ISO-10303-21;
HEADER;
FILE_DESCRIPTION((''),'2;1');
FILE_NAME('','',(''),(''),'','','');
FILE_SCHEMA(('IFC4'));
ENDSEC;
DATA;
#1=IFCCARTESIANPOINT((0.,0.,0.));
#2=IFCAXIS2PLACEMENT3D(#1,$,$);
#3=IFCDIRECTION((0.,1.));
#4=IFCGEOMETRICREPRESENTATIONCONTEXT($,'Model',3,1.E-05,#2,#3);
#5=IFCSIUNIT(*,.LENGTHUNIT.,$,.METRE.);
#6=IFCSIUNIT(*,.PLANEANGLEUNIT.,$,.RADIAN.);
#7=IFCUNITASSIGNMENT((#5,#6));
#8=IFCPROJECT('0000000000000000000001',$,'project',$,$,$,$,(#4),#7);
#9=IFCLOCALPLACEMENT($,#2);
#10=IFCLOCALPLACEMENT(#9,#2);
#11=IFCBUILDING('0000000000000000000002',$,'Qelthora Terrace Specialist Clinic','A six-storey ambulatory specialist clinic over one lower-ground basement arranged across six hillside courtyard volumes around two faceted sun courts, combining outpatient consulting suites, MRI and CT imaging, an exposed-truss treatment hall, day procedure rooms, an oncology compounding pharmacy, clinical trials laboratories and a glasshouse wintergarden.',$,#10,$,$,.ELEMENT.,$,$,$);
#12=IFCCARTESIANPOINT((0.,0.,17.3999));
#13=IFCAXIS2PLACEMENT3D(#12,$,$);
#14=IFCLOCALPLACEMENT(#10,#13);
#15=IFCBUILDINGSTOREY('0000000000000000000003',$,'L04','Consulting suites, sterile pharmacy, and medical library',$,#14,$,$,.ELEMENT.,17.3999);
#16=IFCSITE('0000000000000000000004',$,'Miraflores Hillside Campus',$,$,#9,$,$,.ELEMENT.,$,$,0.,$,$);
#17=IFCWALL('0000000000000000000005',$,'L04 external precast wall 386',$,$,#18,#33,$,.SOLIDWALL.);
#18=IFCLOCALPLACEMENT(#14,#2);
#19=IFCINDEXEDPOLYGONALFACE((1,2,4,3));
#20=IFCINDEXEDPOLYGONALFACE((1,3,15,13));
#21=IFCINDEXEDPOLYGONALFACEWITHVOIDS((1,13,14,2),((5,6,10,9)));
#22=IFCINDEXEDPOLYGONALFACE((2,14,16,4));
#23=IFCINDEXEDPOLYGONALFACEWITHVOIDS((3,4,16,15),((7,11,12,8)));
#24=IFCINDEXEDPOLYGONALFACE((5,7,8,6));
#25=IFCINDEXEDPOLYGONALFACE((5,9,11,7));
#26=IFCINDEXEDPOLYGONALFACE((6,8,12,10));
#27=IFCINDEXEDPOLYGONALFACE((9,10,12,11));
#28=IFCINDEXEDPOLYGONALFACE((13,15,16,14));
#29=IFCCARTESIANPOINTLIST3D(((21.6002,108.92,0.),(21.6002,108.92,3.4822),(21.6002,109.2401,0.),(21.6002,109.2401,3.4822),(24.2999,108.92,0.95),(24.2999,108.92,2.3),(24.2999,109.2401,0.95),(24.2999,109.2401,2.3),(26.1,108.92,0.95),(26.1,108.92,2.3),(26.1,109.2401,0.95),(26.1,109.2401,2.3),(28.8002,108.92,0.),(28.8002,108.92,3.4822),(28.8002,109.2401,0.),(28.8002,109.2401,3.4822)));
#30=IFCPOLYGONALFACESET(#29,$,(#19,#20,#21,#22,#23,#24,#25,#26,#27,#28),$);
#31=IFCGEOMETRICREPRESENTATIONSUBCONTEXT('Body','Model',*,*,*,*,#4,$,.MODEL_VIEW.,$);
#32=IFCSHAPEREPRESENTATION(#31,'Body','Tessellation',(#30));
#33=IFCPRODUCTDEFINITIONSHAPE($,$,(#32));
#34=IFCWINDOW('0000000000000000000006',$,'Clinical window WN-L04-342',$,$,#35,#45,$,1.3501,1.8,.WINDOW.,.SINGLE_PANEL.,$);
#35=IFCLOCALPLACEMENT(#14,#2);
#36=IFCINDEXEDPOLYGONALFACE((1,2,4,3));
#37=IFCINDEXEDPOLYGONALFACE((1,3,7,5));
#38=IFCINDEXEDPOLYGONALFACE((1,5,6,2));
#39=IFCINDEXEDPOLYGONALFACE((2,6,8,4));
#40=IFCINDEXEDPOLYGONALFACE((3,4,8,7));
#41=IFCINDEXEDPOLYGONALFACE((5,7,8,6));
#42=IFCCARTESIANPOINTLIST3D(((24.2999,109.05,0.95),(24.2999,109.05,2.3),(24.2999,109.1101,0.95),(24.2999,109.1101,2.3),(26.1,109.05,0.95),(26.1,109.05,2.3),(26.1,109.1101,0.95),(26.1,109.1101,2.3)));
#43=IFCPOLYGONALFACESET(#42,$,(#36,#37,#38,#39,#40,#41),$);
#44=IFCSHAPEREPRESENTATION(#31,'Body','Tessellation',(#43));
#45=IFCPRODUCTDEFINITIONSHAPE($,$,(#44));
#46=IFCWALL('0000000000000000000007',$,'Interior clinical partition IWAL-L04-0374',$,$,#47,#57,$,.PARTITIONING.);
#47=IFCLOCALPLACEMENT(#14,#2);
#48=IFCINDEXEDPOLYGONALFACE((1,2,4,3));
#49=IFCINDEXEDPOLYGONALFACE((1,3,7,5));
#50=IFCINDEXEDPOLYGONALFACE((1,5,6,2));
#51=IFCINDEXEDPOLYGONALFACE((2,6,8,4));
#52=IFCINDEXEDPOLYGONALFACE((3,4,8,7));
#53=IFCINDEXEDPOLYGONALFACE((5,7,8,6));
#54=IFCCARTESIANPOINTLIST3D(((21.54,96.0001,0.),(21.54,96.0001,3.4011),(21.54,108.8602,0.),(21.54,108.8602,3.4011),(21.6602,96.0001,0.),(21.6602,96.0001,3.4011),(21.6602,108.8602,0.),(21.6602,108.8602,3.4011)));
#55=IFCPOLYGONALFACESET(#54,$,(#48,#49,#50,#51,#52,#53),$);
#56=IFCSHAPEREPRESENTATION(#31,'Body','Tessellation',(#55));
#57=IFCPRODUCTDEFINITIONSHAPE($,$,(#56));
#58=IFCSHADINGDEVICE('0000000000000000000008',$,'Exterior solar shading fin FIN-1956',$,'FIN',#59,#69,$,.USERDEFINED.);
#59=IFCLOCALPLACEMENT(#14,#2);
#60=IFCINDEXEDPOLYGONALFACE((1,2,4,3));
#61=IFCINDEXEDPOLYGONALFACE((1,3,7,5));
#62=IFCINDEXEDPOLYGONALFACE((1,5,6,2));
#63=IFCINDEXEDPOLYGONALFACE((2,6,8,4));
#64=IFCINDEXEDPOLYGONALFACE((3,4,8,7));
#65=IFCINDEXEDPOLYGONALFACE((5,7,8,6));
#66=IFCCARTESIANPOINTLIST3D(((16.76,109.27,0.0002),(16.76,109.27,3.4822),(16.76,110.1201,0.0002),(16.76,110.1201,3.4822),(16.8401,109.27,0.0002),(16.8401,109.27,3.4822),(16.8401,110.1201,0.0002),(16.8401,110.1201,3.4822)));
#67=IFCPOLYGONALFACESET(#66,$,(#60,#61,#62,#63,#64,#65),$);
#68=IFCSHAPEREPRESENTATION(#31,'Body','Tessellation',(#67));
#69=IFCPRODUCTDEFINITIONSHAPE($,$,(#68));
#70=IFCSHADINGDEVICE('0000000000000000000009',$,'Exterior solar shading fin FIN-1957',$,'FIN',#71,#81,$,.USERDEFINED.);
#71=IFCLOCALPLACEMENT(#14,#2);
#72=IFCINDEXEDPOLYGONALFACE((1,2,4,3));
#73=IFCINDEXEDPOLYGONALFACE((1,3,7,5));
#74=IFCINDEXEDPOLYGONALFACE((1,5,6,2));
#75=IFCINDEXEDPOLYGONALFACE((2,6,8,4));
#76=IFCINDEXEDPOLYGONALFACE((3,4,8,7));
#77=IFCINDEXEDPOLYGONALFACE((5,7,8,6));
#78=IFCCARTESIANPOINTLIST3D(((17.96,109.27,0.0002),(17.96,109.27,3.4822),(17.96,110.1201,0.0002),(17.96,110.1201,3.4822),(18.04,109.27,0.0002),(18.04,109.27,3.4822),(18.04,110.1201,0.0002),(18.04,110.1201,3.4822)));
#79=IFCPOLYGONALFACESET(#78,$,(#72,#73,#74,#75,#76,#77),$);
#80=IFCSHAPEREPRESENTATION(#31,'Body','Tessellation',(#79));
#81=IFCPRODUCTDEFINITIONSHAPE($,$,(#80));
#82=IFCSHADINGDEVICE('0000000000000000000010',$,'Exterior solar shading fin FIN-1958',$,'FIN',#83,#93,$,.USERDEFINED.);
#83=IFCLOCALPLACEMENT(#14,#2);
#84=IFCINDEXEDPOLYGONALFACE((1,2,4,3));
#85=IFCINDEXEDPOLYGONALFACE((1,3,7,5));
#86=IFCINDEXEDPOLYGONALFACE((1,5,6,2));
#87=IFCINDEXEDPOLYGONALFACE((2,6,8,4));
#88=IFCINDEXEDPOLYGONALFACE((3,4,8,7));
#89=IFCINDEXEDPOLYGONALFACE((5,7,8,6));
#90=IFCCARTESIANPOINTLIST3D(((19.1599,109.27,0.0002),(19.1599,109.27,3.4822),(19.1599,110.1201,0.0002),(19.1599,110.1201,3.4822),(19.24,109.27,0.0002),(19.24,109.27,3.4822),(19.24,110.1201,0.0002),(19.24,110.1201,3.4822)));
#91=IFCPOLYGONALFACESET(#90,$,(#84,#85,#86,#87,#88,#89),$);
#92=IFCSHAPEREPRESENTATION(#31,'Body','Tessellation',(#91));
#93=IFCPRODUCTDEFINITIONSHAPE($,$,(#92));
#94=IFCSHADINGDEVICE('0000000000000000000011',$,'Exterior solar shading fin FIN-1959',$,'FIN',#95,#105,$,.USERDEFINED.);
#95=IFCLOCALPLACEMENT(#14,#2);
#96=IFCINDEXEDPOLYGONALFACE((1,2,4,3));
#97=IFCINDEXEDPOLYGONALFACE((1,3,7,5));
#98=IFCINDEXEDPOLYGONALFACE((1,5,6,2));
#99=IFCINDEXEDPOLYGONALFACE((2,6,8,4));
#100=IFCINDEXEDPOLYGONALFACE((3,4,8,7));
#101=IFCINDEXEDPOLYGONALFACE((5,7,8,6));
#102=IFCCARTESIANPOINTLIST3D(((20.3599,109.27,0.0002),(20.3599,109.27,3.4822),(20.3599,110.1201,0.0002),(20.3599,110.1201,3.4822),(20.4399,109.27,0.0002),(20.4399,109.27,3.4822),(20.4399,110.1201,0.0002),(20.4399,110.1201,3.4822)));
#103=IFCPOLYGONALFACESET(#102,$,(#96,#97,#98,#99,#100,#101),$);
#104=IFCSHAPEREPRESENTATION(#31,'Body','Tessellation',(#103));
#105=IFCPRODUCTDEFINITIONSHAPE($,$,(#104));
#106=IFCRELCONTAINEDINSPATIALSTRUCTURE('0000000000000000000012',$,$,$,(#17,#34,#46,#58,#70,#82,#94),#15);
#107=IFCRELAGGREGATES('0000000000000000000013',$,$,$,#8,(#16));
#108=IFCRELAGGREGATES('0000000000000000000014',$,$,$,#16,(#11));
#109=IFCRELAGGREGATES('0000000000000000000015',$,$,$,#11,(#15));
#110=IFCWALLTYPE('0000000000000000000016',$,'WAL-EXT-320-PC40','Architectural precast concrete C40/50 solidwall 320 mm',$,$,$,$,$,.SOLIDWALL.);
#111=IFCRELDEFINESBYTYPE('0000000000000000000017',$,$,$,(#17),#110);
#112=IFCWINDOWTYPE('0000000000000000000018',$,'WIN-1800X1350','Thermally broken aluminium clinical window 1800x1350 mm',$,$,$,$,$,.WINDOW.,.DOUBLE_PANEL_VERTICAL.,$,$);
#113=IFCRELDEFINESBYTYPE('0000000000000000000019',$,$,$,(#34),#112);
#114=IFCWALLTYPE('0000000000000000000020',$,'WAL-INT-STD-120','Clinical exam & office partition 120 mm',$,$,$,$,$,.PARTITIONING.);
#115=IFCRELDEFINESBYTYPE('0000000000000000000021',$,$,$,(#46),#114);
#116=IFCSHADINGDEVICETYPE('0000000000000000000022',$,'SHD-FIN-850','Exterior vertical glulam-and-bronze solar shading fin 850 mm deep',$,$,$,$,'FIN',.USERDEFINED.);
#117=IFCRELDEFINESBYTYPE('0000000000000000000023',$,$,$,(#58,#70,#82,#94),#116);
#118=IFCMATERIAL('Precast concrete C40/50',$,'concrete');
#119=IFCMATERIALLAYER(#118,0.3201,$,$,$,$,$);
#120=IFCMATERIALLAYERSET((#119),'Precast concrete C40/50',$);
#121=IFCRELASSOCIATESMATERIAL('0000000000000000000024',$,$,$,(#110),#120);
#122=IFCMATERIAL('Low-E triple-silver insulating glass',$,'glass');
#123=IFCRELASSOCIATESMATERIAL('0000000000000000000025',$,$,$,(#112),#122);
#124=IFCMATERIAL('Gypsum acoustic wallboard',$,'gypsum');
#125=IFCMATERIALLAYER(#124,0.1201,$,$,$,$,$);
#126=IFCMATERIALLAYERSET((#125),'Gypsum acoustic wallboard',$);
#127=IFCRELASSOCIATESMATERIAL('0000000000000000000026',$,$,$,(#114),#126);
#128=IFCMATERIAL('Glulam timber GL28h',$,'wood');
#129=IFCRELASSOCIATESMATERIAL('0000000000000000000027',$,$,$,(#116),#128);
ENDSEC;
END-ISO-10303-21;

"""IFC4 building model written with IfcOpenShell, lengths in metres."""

from ifc_helpers import new_model, si_unit, direction, frame, frame_2d, origin, origin_2d, place, context, subcontext, project, spatial, rectangle, extrude, material, layer, layer_set, type_object, element, fill, save


model = new_model("IFC4")

# Units and contexts
model_context = context("Model", 3, precision=1e-05, world=origin(), true_north=direction((0.0, 1.0)))
body_context = subcontext(model_context, "Body", "Model", "MODEL_VIEW")
ifc_project = project(units=[si_unit("LENGTHUNIT", "METRE"), si_unit("PLANEANGLEUNIT", "RADIAN")], contexts=[model_context])

# Site, building, storey
site_placement = place(None, origin())
site = spatial("IfcSite", under=ifc_project, at=site_placement, Name="Miraflores Hillside Campus", CompositionType="ELEMENT", RefElevation=0.0)
building_placement = place(site_placement, origin())
building = spatial("IfcBuilding", under=site, at=building_placement, Name="Qelthora Terrace Specialist Clinic", Description="A six-storey ambulatory specialist clinic over one lower-ground basement arranged across six hillside courtyard volumes around two faceted sun courts, combining outpatient consulting suites, MRI and CT imaging, an exposed-truss treatment hall, day procedure rooms, an oncology compounding pharmacy, clinical trials laboratories and a glasshouse wintergarden.", CompositionType="ELEMENT")
storey_placement = place(building_placement, frame((0.0, 0.0, 17.3999)))
storey = spatial("IfcBuildingStorey", under=building, at=storey_placement, Name="L04", Description="Consulting suites, sterile pharmacy, and medical library", CompositionType="ELEMENT", Elevation=17.3999)

# Shared definitions
ifc_material_1 = material(Name="Low-E triple-silver insulating glass", Category="glass")

# Wall, opening, window
ifc_material_2 = material(Name="Precast concrete C40/50", Category="concrete")
ifc_layer_1 = layer(ifc_material_2, 0.3201)
ifc_layer_set_1 = layer_set([ifc_layer_1], Name="Precast concrete C40/50")
wall_type_1 = type_object("IfcWallType", Name="WAL-EXT-320-PC40", Description="Architectural precast concrete C40/50 solidwall 320 mm", PredefinedType="SOLIDWALL", material=ifc_layer_set_1)
wall_1_placement = place(storey_placement, frame((21.6001, 109.0801, 0.0), z_axis=(0.0, 0.0, 1.0), x_axis=(1.0, 0.0, 0.0)))
wall_1 = element("IfcWall", 1, at=wall_1_placement, inside=storey, type_object=wall_type_1, Name="L04 external precast wall 386", PredefinedType="SOLIDWALL", context=body_context, shape_type="SweptSolid", body=[
    extrude(rectangle(XDim=7.2, YDim=0.3201, at=frame_2d((3.6001, 0.0))), origin(), (0.0, 0.0, 1.0), 3.4822),
])
opening_1_placement = place(wall_1_placement, frame((2.7, 0.0, 0.95)))
opening_1 = element("IfcOpeningElement", 2, at=opening_1_placement, cuts=wall_1, PredefinedType="OPENING", context=body_context, shape_type="SweptSolid", body=[
    extrude(rectangle(XDim=1.8, YDim=1.3501, at=frame_2d((0.8999, 0.675))), frame((0.0, 0.1699, 0.0), z_axis=(0.0, -1.0, 0.0), x_axis=(1.0, 0.0, 0.0)), (0.0, 0.0, 1.0), 0.3401),
])
window_type = type_object("IfcWindowType", Name="WIN-1800X1350", Description="Thermally broken aluminium clinical window 1800x1350 mm", PartitioningType="DOUBLE_PANEL_VERTICAL", PredefinedType="WINDOW", material=ifc_material_1)
window_placement = place(opening_1_placement, origin())
window = element("IfcWindow", 3, at=window_placement, inside=storey, type_object=window_type, Name="Clinical window WN-L04-342", OverallHeight=1.3501, OverallWidth=1.8, PartitioningType="SINGLE_PANEL", PredefinedType="WINDOW", context=body_context, shape_type="SweptSolid", body=[
    extrude(rectangle(XDim=1.8, YDim=1.3501, at=frame_2d((0.8999, 0.675))), frame((0.0, 0.03, 0.0), z_axis=(0.0, -1.0, 0.0), x_axis=(1.0, 0.0, 0.0)), (0.0, 0.0, 1.0), 0.0601),
])
fill(opening_1, window)

# Wall
ifc_material_3 = material(Name="Gypsum acoustic wallboard", Category="gypsum")
ifc_layer_2 = layer(ifc_material_3, 0.1201)
ifc_layer_set_2 = layer_set([ifc_layer_2], Name="Gypsum acoustic wallboard")
wall_type_2 = type_object("IfcWallType", Name="WAL-INT-STD-120", Description="Clinical exam & office partition 120 mm", PredefinedType="PARTITIONING", material=ifc_layer_set_2)
wall_2_placement = place(storey_placement, frame((21.6001, 96.0, 0.0), z_axis=(0.0, 0.0, 1.0), x_axis=(0.0, 1.0, 0.0)))
element("IfcWall", 4, at=wall_2_placement, inside=storey, type_object=wall_type_2, Name="Interior clinical partition IWAL-L04-0374", PredefinedType="PARTITIONING", context=body_context, shape_type="SweptSolid", body=[
    extrude(rectangle(XDim=12.8601, YDim=0.1201, at=frame_2d((6.4302, 0.0))), origin(), (0.0, 0.0, 1.0), 3.4011),
])

# Shading devices
ifc_material_4 = material(Name="Glulam timber GL28h", Category="wood")
shading_device_type = type_object("IfcShadingDeviceType", Name="SHD-FIN-850", Description="Exterior vertical glulam-and-bronze solar shading fin 850 mm deep", ElementType="FIN", PredefinedType="USERDEFINED", material=ifc_material_4)
for number, where, z_axis, x_axis, name in (
    (5, (16.8, 109.6951, 0.0002), (0.0, 0.0, 1.0), (0.0, 1.0, 0.0), "Exterior solar shading fin FIN-1956"),
    (6, (18.0, 109.6951, 0.0002), (0.0, 0.0, 1.0), (0.0, 1.0, 0.0), "Exterior solar shading fin FIN-1957"),
    (7, (19.2, 109.6951, 0.0002), (0.0, 0.0, 1.0), (0.0, 1.0, 0.0), "Exterior solar shading fin FIN-1958"),
    (8, (20.3999, 109.6951, 0.0002), (0.0, 0.0, 1.0), (0.0, 1.0, 0.0), "Exterior solar shading fin FIN-1959"),
):
    element("IfcShadingDevice", number, at=place(storey_placement, frame(where, z_axis=z_axis, x_axis=x_axis)), inside=storey, type_object=shading_device_type, Name=name, ObjectType="FIN", PredefinedType="USERDEFINED", context=body_context, shape_type="SweptSolid", body=[
        extrude(rectangle(XDim=0.8501, YDim=0.0801, at=origin_2d()), origin(), (0.0, 0.0, 1.0), 3.4819),
    ])

save(model, "model.ifc")
